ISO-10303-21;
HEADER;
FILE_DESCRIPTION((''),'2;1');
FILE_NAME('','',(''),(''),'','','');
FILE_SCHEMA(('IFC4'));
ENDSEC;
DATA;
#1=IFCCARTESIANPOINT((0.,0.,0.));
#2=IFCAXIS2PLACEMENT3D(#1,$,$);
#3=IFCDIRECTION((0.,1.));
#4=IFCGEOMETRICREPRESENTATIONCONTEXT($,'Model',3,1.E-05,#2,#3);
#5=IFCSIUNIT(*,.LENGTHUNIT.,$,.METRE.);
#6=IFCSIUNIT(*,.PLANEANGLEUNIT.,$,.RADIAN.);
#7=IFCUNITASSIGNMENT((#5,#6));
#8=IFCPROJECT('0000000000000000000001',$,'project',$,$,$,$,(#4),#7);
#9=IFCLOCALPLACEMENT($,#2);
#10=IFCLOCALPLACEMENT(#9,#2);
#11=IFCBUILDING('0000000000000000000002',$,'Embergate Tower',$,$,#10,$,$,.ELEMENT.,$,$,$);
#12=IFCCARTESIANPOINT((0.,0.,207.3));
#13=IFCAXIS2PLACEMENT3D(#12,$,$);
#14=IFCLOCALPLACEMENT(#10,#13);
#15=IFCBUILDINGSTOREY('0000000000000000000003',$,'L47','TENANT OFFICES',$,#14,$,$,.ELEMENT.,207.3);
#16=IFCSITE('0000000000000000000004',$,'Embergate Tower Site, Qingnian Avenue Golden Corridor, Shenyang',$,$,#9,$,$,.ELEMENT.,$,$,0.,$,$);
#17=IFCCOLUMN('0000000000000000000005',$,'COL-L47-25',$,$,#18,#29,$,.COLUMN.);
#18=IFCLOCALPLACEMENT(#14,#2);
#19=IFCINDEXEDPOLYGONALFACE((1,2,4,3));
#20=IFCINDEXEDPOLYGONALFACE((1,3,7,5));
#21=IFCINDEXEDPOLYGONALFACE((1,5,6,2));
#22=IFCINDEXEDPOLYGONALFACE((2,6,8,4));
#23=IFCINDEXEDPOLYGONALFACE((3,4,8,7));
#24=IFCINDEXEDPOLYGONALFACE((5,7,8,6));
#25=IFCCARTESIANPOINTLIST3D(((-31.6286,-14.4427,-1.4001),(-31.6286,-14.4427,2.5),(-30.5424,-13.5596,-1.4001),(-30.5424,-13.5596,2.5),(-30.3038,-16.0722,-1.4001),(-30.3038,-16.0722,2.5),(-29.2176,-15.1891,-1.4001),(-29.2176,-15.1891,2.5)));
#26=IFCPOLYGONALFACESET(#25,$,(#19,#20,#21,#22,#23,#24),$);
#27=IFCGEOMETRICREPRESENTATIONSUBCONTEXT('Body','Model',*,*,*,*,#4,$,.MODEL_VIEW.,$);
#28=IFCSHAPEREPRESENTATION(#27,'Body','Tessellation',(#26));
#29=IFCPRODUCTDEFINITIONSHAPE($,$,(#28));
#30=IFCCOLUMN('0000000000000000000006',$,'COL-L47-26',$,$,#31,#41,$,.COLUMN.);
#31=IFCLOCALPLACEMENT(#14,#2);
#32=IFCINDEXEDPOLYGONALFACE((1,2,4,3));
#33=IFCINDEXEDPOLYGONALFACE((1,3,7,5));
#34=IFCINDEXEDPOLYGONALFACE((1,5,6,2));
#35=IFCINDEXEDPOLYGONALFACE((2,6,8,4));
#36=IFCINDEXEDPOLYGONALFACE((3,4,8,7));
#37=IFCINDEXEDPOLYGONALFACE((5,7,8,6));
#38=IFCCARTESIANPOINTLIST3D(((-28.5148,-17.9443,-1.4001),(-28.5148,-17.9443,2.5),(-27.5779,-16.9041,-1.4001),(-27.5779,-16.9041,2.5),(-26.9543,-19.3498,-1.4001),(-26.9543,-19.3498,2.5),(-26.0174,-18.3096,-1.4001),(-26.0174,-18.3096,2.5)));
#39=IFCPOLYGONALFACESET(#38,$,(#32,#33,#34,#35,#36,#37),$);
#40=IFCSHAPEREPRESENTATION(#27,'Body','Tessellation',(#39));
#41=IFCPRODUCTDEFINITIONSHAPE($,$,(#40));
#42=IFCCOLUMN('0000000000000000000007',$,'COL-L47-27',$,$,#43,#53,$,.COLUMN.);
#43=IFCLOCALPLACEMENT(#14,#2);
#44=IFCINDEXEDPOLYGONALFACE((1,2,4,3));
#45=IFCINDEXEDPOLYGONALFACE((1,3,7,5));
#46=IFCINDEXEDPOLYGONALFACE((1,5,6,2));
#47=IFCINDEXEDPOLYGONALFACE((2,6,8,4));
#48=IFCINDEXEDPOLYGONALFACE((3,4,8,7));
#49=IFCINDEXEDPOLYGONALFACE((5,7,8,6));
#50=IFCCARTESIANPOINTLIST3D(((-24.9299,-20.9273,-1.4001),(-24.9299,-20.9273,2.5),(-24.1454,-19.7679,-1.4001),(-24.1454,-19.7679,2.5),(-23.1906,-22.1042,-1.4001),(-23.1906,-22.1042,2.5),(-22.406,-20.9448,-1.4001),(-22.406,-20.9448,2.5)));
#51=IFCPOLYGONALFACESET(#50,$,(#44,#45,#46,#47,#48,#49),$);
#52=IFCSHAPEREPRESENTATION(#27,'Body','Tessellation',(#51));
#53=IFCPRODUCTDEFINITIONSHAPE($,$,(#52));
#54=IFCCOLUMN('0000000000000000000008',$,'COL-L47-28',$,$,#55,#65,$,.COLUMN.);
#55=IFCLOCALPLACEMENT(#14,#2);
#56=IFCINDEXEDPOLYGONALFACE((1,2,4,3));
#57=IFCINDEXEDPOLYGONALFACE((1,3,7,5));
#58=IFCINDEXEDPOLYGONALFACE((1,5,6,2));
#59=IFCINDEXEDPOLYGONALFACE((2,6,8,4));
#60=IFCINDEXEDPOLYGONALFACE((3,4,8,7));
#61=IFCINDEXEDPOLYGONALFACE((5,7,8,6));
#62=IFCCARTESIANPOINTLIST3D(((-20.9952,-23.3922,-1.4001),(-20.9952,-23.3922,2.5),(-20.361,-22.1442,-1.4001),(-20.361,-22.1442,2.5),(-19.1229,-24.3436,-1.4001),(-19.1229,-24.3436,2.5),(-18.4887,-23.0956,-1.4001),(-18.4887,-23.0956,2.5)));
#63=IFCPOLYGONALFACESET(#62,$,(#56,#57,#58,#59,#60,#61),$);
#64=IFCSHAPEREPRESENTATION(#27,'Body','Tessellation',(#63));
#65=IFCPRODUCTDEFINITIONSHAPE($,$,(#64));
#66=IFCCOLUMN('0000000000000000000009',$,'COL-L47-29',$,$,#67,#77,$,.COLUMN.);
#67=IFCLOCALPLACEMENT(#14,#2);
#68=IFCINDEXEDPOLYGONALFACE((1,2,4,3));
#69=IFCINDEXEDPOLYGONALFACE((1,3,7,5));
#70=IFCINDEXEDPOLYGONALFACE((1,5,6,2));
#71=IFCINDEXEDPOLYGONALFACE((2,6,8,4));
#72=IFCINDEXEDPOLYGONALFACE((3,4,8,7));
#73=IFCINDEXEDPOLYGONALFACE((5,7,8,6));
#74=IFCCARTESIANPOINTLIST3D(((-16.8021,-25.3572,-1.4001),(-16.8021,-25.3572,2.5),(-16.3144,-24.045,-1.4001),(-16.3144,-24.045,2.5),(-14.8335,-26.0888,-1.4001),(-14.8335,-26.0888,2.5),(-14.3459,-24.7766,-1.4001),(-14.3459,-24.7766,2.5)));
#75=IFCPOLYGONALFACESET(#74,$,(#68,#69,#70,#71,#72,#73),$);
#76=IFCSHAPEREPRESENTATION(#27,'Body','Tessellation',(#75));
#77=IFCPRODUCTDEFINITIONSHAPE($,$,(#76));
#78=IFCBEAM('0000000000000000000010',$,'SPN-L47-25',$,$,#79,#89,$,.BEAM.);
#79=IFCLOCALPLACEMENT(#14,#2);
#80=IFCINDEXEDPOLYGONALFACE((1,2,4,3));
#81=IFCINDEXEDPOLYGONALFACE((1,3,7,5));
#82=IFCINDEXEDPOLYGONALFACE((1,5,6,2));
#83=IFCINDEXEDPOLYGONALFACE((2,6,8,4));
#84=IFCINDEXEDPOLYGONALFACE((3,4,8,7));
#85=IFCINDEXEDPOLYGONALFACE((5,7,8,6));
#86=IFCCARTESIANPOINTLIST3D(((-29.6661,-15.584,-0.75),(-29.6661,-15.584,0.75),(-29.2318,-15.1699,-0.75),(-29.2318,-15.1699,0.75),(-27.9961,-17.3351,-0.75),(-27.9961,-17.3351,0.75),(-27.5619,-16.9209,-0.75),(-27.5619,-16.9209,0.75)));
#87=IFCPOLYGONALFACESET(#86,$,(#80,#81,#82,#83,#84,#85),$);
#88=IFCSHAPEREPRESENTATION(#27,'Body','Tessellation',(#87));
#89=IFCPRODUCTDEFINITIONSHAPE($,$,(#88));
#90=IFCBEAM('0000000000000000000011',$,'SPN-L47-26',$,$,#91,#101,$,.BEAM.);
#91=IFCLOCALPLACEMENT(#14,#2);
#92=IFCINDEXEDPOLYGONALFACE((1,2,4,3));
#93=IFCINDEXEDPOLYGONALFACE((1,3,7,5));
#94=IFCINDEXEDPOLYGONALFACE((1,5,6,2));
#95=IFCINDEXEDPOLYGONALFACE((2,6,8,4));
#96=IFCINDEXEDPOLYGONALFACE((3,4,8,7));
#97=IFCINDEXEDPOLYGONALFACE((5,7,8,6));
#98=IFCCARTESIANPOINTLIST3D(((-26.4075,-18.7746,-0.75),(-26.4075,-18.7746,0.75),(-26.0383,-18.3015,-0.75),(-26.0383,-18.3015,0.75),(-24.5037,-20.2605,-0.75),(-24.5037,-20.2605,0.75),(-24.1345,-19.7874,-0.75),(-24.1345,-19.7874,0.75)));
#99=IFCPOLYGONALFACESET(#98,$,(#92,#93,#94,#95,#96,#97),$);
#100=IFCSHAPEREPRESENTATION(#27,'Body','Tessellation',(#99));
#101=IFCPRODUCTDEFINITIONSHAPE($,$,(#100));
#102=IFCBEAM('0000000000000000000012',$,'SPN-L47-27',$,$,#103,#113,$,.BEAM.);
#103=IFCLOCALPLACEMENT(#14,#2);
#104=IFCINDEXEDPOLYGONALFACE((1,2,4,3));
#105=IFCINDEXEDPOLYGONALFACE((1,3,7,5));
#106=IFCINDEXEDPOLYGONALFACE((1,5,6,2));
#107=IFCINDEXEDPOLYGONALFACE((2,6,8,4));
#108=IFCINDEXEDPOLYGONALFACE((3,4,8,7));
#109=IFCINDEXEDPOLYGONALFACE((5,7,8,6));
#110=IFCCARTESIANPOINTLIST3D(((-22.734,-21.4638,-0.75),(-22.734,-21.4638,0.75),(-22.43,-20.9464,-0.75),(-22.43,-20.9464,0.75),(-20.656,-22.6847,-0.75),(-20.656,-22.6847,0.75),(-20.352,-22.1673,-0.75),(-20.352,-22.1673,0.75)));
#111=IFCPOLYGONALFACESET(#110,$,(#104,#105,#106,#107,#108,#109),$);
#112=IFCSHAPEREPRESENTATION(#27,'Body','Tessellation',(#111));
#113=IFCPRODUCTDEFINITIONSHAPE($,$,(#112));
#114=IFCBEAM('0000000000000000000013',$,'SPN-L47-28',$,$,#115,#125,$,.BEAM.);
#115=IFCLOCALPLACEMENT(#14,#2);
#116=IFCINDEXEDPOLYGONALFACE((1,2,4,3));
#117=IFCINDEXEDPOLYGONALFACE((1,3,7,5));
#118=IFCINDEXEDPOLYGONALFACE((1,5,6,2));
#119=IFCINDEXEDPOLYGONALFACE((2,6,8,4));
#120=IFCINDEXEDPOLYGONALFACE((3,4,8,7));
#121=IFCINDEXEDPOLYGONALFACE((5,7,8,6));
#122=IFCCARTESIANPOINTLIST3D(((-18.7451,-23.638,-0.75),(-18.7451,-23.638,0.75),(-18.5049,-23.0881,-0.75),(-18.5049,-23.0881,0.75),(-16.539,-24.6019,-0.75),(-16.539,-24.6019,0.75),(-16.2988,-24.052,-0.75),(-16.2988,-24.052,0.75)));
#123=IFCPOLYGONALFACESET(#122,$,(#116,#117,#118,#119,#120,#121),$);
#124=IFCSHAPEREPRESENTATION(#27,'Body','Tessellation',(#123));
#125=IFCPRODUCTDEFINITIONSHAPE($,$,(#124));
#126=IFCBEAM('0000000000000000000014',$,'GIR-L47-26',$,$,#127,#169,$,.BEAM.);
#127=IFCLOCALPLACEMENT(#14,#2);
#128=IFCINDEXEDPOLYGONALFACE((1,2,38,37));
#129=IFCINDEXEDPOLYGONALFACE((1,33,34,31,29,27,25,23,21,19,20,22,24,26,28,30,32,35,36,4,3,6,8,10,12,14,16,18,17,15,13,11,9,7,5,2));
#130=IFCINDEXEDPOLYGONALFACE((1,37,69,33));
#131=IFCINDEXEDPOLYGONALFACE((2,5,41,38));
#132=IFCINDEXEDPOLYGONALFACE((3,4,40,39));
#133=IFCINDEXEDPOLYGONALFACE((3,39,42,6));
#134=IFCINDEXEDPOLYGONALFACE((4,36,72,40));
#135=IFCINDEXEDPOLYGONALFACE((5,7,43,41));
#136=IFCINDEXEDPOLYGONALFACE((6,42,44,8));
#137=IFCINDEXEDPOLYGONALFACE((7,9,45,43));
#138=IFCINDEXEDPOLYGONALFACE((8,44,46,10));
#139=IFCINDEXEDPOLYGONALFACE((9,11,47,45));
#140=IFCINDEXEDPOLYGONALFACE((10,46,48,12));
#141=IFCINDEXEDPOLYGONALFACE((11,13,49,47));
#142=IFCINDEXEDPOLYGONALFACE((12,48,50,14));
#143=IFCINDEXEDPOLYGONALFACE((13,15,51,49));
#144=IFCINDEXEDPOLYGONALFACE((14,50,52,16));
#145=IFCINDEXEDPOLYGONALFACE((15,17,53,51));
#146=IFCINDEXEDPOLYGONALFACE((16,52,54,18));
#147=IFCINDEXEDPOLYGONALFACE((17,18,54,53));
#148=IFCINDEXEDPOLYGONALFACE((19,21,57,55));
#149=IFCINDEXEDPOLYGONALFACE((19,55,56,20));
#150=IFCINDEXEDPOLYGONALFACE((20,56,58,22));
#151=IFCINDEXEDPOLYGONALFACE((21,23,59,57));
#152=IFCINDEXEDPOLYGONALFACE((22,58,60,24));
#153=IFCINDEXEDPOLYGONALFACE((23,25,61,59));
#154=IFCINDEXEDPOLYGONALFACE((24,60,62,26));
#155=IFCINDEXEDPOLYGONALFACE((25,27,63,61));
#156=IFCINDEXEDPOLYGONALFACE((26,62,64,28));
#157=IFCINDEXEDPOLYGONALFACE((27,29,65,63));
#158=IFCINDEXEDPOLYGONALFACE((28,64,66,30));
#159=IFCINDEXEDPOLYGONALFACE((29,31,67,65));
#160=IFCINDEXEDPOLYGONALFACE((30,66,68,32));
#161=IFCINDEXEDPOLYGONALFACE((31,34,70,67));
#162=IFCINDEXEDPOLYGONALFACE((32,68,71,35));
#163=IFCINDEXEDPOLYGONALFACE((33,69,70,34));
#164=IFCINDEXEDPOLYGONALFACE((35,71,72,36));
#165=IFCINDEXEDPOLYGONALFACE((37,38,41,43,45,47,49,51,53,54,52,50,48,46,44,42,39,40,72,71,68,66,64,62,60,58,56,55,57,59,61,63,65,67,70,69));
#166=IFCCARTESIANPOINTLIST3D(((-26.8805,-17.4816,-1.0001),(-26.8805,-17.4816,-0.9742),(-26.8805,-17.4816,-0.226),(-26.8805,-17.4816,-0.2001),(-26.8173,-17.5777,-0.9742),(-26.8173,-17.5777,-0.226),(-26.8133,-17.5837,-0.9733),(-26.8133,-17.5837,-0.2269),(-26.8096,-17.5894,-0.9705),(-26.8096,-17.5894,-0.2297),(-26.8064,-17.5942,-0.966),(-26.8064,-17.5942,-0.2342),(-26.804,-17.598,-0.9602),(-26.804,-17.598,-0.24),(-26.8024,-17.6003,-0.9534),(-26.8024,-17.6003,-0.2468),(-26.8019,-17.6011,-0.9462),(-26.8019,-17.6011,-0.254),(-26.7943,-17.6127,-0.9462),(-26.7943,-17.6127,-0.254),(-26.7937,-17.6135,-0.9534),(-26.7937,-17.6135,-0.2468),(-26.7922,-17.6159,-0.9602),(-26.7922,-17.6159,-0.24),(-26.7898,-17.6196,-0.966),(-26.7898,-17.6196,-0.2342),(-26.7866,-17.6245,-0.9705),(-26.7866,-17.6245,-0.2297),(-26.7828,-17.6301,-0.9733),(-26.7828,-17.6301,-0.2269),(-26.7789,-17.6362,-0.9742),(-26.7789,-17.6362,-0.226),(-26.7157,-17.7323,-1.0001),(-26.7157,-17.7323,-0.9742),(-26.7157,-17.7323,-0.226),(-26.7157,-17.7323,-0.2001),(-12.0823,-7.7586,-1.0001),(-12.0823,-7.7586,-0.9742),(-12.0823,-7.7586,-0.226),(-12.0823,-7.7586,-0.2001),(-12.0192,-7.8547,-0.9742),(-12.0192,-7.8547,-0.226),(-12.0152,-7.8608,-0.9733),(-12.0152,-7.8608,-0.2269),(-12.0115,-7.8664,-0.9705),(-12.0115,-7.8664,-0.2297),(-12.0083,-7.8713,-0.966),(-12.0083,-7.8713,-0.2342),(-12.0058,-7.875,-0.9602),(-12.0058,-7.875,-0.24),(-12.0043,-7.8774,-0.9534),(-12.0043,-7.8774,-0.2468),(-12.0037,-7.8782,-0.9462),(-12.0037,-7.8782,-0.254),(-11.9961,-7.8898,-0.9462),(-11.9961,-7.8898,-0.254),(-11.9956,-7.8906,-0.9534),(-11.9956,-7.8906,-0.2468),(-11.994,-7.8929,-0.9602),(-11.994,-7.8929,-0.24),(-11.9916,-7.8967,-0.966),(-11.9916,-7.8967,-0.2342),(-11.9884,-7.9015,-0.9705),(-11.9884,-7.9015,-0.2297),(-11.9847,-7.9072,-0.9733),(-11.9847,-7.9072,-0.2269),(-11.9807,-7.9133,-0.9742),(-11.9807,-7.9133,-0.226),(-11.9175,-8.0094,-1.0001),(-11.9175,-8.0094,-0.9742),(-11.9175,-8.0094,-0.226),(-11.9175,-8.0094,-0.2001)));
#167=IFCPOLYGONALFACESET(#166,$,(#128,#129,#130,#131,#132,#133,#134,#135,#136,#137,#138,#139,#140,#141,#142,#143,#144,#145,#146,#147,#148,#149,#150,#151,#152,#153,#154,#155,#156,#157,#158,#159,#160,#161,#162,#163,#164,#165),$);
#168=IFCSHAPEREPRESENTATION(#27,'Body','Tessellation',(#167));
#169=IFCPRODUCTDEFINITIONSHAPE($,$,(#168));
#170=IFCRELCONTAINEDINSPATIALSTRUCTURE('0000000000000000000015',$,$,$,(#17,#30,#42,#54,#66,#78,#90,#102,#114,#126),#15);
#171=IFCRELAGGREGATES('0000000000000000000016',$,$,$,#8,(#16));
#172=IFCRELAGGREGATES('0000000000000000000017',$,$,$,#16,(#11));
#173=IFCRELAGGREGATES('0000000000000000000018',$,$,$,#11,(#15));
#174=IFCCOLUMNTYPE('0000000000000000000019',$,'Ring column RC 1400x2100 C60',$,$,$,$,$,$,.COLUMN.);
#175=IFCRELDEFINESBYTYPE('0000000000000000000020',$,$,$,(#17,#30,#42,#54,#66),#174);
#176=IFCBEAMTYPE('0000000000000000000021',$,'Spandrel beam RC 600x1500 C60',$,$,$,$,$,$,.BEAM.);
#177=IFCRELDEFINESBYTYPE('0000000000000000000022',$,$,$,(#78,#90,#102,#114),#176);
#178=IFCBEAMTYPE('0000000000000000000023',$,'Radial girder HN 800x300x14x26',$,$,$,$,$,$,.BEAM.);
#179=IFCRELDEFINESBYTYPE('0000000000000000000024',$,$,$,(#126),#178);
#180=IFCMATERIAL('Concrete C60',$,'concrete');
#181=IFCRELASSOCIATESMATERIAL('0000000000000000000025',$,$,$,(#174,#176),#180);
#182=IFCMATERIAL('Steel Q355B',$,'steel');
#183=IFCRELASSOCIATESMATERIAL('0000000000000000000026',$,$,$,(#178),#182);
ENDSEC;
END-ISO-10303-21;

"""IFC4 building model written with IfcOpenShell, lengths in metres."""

from ifc_helpers import new_model, si_unit, direction, frame, origin, origin_2d, place, context, subcontext, project, spatial, rectangle, i_section, extrude, source, transform, mapped, material, material_profile, profile_set, type_object, element, save


model = new_model("IFC4")

# Units and contexts
model_context = context("Model", 3, precision=1e-05, world=origin(), true_north=direction((0.0, 1.0)))
body_context = subcontext(model_context, "Body", "Model", "MODEL_VIEW")
ifc_project = project(units=[si_unit("LENGTHUNIT", "METRE"), si_unit("PLANEANGLEUNIT", "RADIAN")], contexts=[model_context])

# Site, building, storey
site_placement = place(None, origin())
site = spatial("IfcSite", under=ifc_project, at=site_placement, Name="Embergate Tower Site, Qingnian Avenue Golden Corridor, Shenyang", CompositionType="ELEMENT", RefElevation=0.0)
building_placement = place(site_placement, origin())
building = spatial("IfcBuilding", under=site, at=building_placement, Name="Embergate Tower", CompositionType="ELEMENT")
storey_placement = place(building_placement, frame((0.0, 0.0, 207.3)))
storey = spatial("IfcBuildingStorey", under=building, at=storey_placement, Name="L47", Description="TENANT OFFICES", CompositionType="ELEMENT", Elevation=207.3)

# Columns
ifc_material_1 = material(Name="Concrete C60", Category="concrete")
ifc_material_profile_1 = material_profile(ifc_material_1, rectangle(XDim=1.3999, YDim=2.1001, at=origin_2d()), Name="RC 1400x2100")
ifc_profile_set_1 = profile_set([ifc_material_profile_1], Name="Concrete C60")
column_type = type_object("IfcColumnType", Name="Ring column RC 1400x2100 C60", PredefinedType="COLUMN", material=ifc_profile_set_1)
shared_shape_1 = source(origin(), body_context, "Body", "SweptSolid", [
    extrude(rectangle(XDim=1.3999, YDim=2.1001, at=origin_2d()), origin(), (0.0, 0.0, 1.0), 3.9001),
])
for number, where, z_axis, x_axis, name in (
    (1, (-30.4231, -14.8159, -1.4001), (0.0, 0.0, 1.0), (-0.775925, -0.630825, 0.0), "COL-L47-25"),
    (2, (-27.2661, -18.127, -1.4001), (0.0, 0.0, 1.0), (-0.669221, -0.743063, 0.0), "COL-L47-26"),
    (3, (-23.668, -20.936, -1.4001), (0.0, 0.0, 1.0), (-0.560408, -0.828217, 0.0), "COL-L47-27"),
    (4, (-19.7419, -23.2439, -1.4001), (0.0, 0.0, 1.0), (-0.453011, -0.891505, 0.0), "COL-L47-28"),
    (5, (-15.574, -25.0669, -1.4001), (0.0, 0.0, 1.0), (-0.348359, -0.937361, 0.0), "COL-L47-29"),
):
    element("IfcColumn", number, at=place(storey_placement, frame(where, z_axis=z_axis, x_axis=x_axis)), inside=storey, type_object=column_type, Name=name, PredefinedType="COLUMN", context=body_context, shape_type="MappedRepresentation", body=[
        mapped(shared_shape_1, transform((0.0, 0.0, 0.0))),
    ])

# Beams
ifc_material_profile_2 = material_profile(ifc_material_1, rectangle(XDim=0.6001, YDim=1.5, at=origin_2d()), Name="RC 600x1500")
ifc_profile_set_2 = profile_set([ifc_material_profile_2], Name="Concrete C60")
beam_type_1 = type_object("IfcBeamType", Name="Spandrel beam RC 600x1500 C60", PredefinedType="BEAM", material=ifc_profile_set_2)
shared_shape_2 = source(origin(), body_context, "Body", "SweptSolid", [
    extrude(rectangle(XDim=0.6001, YDim=1.5, at=origin_2d()), origin(), (0.0, 0.0, 1.0), 2.4197),
])
beam_1_placement = place(storey_placement, frame((-29.449, -15.377, 0.0), z_axis=(0.690159, -0.723658, 0.0), x_axis=(0.723658, 0.690159, 0.0)))
element("IfcBeam", 6, at=beam_1_placement, inside=storey, type_object=beam_type_1, Name="SPN-L47-25", PredefinedType="BEAM", context=body_context, shape_type="MappedRepresentation", body=[
    mapped(shared_shape_2, transform((0.0, 0.0, 0.0))),
])
shared_shape_3 = source(origin(), body_context, "Body", "SweptSolid", [
    extrude(rectangle(XDim=0.6001, YDim=1.5, at=origin_2d()), origin(), (0.0, 0.0, 1.0), 2.415),
])
beam_2_placement = place(storey_placement, frame((-26.2229, -18.5381, 0.0), z_axis=(0.788328, -0.615256, 0.0), x_axis=(0.615256, 0.788328, 0.0)))
element("IfcBeam", 7, at=beam_2_placement, inside=storey, type_object=beam_type_1, Name="SPN-L47-26", PredefinedType="BEAM", context=body_context, shape_type="MappedRepresentation", body=[
    mapped(shared_shape_3, transform((0.0, 0.0, 0.0))),
])
shared_shape_4 = source(origin(), body_context, "Body", "SweptSolid", [
    extrude(rectangle(XDim=0.6001, YDim=1.5, at=origin_2d()), origin(), (0.0, 0.0, 1.0), 2.4102),
])
beam_3_placement = place(storey_placement, frame((-22.582, -21.2051, 0.0), z_axis=(0.862202, -0.506564, 0.0), x_axis=(0.506564, 0.862202, 0.0)))
element("IfcBeam", 8, at=beam_3_placement, inside=storey, type_object=beam_type_1, Name="SPN-L47-27", PredefinedType="BEAM", context=body_context, shape_type="MappedRepresentation", body=[
    mapped(shared_shape_4, transform((0.0, 0.0, 0.0))),
])
shared_shape_5 = source(origin(), body_context, "Body", "SweptSolid", [
    extrude(rectangle(XDim=0.6001, YDim=1.5, at=origin_2d()), origin(), (0.0, 0.0, 1.0), 2.4075),
])
beam_4_placement = place(storey_placement, frame((-18.625, -23.363, 0.0), z_axis=(0.916353, -0.400372, 0.0), x_axis=(0.400372, 0.916353, 0.0)))
element("IfcBeam", 9, at=beam_4_placement, inside=storey, type_object=beam_type_1, Name="SPN-L47-28", PredefinedType="BEAM", context=body_context, shape_type="MappedRepresentation", body=[
    mapped(shared_shape_5, transform((0.0, 0.0, 0.0))),
])
ifc_material_2 = material(Name="Steel Q355B", Category="steel")
ifc_material_profile_3 = material_profile(ifc_material_2, i_section(OverallWidth=0.3, OverallDepth=0.8, WebThickness=0.0139, FlangeThickness=0.0259, FilletRadius=0.0281, at=origin_2d()), Name="HN 800x300x14x26")
ifc_profile_set_3 = profile_set([ifc_material_profile_3], Name="Steel Q355 grade B")
beam_type_2 = type_object("IfcBeamType", Name="Radial girder HN 800x300x14x26", PredefinedType="BEAM", material=ifc_profile_set_3)
shared_shape_6 = source(origin(), body_context, "Body", "SweptSolid", [
    extrude(i_section(OverallWidth=0.3, OverallDepth=0.8, WebThickness=0.0139, FlangeThickness=0.0259, FilletRadius=0.0281, at=origin_2d()), origin(), (0.0, 0.0, 1.0), 17.7065),
])
beam_5_placement = place(storey_placement, frame((-26.7981, -17.6069, -0.6001), z_axis=(0.835746, 0.549116, 0.0), x_axis=(-0.549116, 0.835746, 0.0)))
element("IfcBeam", 10, at=beam_5_placement, inside=storey, type_object=beam_type_2, Name="GIR-L47-26", PredefinedType="BEAM", context=body_context, shape_type="MappedRepresentation", body=[
    mapped(shared_shape_6, transform((0.0, 0.0, 0.0))),
])

save(model, "model.ifc")
